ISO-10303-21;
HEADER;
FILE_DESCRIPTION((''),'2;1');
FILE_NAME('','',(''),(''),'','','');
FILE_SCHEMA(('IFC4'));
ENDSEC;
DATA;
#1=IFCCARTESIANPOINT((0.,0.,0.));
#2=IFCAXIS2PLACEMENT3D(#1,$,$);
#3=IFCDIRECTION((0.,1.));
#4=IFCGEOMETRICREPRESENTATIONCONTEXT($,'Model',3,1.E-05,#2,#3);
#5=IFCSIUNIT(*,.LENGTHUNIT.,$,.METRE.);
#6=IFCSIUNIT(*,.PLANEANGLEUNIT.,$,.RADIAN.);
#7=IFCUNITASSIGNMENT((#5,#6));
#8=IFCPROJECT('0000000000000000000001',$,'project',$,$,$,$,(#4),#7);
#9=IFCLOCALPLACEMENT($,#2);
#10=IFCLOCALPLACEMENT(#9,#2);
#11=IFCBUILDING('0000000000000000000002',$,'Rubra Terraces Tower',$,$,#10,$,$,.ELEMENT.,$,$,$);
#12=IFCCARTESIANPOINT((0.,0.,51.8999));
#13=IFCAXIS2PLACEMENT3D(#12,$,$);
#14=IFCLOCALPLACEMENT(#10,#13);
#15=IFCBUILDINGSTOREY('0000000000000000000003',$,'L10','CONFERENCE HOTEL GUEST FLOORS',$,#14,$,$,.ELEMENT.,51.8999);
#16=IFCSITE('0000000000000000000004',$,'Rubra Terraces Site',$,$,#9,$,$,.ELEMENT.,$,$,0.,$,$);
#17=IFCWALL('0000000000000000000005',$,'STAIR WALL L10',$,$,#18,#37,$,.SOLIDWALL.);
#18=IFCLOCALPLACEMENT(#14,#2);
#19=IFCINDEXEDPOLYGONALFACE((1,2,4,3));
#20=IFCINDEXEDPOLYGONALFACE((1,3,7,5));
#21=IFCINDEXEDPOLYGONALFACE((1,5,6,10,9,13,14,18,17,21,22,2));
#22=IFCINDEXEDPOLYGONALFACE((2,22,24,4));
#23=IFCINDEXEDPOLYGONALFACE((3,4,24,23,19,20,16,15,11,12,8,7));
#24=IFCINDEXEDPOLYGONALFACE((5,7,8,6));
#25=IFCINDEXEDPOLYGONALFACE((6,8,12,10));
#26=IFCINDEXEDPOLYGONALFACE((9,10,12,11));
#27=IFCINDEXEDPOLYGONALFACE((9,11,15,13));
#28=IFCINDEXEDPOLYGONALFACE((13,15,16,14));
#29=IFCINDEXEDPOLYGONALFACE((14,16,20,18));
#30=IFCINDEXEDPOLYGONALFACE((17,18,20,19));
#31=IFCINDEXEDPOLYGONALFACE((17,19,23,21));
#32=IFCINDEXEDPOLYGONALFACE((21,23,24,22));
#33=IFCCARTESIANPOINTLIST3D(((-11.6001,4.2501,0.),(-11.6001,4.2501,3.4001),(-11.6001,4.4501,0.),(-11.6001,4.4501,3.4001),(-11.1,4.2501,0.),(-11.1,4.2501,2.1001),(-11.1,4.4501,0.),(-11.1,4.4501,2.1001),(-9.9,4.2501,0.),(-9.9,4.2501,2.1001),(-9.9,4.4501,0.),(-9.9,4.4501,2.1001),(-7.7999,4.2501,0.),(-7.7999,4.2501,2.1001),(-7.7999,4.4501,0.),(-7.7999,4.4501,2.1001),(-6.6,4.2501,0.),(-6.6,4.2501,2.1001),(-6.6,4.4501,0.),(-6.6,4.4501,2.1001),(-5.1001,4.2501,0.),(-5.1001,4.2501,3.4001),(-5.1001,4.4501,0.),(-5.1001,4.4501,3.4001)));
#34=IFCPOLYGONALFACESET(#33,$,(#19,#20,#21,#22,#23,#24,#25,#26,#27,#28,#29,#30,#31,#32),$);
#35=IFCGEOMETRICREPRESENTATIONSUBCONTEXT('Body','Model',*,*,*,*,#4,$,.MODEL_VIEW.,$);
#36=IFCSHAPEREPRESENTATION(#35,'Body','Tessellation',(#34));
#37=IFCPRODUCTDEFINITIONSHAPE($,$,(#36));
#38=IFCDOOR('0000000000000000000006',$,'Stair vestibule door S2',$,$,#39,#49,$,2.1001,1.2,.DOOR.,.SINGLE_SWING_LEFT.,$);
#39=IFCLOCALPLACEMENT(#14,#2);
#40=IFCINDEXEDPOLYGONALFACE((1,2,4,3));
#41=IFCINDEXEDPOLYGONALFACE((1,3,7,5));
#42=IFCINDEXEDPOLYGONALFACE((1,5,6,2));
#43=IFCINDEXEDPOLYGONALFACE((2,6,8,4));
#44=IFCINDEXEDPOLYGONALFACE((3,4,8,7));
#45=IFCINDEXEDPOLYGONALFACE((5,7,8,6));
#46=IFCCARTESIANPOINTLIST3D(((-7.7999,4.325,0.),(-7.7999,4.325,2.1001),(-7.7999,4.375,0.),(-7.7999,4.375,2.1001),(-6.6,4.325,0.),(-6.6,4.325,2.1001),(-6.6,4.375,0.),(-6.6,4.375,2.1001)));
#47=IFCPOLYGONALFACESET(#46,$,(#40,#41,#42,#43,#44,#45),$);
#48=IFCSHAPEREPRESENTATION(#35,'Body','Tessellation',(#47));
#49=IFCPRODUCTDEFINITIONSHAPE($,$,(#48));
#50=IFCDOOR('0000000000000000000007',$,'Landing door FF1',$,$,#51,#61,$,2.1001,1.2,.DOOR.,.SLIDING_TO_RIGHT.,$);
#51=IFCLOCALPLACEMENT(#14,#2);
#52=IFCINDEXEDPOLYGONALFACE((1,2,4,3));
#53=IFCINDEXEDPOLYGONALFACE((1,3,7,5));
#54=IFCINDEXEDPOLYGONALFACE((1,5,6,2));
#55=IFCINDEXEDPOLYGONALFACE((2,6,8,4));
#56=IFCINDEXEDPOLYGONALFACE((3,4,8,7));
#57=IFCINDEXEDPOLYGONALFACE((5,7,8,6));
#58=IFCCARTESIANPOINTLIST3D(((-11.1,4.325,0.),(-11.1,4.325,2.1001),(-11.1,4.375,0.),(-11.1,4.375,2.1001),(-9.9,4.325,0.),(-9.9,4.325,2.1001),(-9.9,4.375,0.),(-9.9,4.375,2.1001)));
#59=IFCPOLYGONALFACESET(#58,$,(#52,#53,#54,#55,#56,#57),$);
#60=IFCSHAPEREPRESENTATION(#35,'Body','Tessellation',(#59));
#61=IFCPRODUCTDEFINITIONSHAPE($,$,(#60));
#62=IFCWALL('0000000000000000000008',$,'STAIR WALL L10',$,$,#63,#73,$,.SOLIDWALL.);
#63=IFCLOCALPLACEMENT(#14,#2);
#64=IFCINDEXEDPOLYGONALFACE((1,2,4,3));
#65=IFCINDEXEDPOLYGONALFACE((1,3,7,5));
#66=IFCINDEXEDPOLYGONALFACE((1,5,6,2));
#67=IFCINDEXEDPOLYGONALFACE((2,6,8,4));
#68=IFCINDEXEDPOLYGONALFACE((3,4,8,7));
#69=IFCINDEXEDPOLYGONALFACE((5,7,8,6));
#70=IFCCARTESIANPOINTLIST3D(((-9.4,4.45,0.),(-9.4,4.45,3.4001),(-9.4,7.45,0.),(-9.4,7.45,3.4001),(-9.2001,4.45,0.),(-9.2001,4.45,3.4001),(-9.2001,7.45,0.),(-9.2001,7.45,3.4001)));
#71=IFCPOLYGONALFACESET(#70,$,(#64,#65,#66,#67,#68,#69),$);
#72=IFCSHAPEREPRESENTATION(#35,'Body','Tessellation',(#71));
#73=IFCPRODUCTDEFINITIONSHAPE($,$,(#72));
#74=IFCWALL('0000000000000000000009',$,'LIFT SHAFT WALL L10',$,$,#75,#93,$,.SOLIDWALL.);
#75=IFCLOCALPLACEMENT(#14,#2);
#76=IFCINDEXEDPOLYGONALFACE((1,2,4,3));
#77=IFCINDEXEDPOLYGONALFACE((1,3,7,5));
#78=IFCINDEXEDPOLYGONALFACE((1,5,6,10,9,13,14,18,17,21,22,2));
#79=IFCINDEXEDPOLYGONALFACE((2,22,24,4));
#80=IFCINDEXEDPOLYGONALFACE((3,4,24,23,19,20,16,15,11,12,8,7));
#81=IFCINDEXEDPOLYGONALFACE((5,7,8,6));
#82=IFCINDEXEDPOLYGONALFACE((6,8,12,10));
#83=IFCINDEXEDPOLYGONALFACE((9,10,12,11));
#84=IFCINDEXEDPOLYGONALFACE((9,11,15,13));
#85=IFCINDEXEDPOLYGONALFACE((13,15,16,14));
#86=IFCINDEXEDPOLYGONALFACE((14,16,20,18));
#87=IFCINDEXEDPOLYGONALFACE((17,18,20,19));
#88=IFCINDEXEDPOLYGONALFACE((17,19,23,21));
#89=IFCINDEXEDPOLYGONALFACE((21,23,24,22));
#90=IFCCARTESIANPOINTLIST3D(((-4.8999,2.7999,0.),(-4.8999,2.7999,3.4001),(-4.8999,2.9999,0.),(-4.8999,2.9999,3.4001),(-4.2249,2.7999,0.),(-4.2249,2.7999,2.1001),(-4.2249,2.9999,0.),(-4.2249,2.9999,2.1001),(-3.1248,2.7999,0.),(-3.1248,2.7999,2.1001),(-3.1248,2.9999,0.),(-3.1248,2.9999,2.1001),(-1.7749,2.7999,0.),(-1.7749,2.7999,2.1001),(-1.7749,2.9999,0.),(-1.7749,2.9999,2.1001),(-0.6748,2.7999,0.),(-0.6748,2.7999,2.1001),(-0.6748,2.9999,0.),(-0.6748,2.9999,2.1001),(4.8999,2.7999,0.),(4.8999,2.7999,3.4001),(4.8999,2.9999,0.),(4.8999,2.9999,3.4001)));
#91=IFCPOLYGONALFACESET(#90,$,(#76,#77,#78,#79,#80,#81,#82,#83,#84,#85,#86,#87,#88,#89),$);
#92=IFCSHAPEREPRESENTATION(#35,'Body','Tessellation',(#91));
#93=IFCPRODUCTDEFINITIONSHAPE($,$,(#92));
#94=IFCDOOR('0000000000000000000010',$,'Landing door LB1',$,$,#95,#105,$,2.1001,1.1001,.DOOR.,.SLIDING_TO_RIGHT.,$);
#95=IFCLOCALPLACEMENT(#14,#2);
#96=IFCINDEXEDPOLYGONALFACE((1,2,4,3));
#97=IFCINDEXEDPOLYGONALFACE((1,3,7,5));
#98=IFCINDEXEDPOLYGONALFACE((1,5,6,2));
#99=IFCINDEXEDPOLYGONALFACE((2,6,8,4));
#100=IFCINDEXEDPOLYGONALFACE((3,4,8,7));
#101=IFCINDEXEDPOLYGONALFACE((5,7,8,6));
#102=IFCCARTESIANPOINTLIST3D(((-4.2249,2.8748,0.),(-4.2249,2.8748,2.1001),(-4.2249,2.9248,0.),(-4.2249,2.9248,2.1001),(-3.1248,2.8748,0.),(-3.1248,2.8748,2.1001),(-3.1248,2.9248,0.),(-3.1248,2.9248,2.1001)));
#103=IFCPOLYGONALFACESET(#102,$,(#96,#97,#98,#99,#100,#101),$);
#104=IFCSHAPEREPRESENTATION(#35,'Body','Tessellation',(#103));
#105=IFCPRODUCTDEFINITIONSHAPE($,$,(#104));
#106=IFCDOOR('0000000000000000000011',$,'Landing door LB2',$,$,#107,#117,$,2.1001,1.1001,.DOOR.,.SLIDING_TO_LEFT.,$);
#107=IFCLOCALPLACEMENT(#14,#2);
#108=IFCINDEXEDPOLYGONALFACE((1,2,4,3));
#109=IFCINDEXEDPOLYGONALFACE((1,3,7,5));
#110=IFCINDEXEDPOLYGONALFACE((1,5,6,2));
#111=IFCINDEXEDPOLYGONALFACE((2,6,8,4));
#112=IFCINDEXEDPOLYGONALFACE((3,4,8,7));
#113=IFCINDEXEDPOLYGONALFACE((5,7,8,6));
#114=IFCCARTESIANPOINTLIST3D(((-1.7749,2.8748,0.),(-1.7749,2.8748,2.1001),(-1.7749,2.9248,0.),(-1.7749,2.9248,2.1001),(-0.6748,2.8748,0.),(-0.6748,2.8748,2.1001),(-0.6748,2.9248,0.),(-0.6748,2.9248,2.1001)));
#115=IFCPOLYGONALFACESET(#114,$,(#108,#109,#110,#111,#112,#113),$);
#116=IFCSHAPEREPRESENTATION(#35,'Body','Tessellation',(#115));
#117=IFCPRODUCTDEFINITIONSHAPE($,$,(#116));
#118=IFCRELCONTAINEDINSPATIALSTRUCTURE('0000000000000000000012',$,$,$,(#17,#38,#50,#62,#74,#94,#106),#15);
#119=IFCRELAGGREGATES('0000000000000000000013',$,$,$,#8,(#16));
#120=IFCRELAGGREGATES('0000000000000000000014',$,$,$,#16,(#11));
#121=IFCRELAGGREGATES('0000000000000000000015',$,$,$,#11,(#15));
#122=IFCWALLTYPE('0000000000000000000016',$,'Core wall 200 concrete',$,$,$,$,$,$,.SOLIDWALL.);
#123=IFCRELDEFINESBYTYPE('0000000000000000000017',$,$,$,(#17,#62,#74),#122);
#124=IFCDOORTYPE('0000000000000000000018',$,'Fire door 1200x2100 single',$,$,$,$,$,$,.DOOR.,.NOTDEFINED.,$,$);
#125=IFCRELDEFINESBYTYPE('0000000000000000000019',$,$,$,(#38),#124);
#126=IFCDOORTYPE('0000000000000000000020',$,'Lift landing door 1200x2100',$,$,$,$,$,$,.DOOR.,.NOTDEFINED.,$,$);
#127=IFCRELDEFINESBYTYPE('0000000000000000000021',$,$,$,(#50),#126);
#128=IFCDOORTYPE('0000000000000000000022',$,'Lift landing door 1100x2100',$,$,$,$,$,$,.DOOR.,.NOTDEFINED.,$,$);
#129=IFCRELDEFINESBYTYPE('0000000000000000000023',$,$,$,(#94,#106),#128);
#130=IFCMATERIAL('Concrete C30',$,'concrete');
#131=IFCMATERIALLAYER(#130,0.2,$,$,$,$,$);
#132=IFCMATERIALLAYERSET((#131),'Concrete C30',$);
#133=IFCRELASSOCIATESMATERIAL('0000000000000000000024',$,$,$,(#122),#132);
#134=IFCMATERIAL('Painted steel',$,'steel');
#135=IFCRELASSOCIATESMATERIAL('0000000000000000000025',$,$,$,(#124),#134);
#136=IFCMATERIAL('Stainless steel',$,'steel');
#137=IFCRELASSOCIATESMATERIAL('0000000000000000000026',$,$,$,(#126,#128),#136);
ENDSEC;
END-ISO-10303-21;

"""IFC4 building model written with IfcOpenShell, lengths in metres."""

from ifc_helpers import new_model, si_unit, direction, frame, frame_2d, origin, place, context, subcontext, project, spatial, rectangle, extrude, material, layer, layer_set, type_object, element, fill, save


model = new_model("IFC4")

# Units and contexts
model_context = context("Model", 3, precision=1e-05, world=origin(), true_north=direction((0.0, 1.0)))
body_context = subcontext(model_context, "Body", "Model", "MODEL_VIEW")
ifc_project = project(units=[si_unit("LENGTHUNIT", "METRE"), si_unit("PLANEANGLEUNIT", "RADIAN")], contexts=[model_context])

# Site, building, storey
site_placement = place(None, origin())
site = spatial("IfcSite", under=ifc_project, at=site_placement, Name="Rubra Terraces Site", CompositionType="ELEMENT", RefElevation=0.0)
building_placement = place(site_placement, origin())
building = spatial("IfcBuilding", under=site, at=building_placement, Name="Rubra Terraces Tower", CompositionType="ELEMENT")
storey_placement = place(building_placement, frame((0.0, 0.0, 51.8999)))
storey = spatial("IfcBuildingStorey", under=building, at=storey_placement, Name="L10", Description="CONFERENCE HOTEL GUEST FLOORS", CompositionType="ELEMENT", Elevation=51.8999)

# Wall, openings, doors
ifc_material_1 = material(Name="Concrete C30", Category="concrete")
ifc_layer_1 = layer(ifc_material_1, 0.2)
ifc_layer_set_1 = layer_set([ifc_layer_1], Name="Concrete C30")
wall_type_1 = type_object("IfcWallType", Name="Core wall 200 concrete", PredefinedType="SOLIDWALL", material=ifc_layer_set_1)
wall_1_placement = place(storey_placement, frame((-11.6001, 4.3501, 0.0), z_axis=(0.0, 0.0, 1.0), x_axis=(1.0, 0.0, 0.0)))
wall_1 = element("IfcWall", 1, at=wall_1_placement, inside=storey, type_object=wall_type_1, Name="STAIR WALL L10", PredefinedType="SOLIDWALL", context=body_context, shape_type="SweptSolid", body=[
    extrude(rectangle(XDim=6.5, YDim=0.2, at=frame_2d((3.25, 0.0))), origin(), (0.0, 0.0, 1.0), 3.4001),
])
opening_1_placement = place(wall_1_placement, frame((3.8, 0.0, 0.0)))
opening_1 = element("IfcOpeningElement", 2, at=opening_1_placement, cuts=wall_1, PredefinedType="OPENING", context=body_context, shape_type="SweptSolid", body=[
    extrude(rectangle(XDim=1.2, YDim=2.1001, at=frame_2d((0.6001, 1.05))), frame((0.0, 0.1099, 0.0), z_axis=(0.0, -1.0, 0.0), x_axis=(1.0, 0.0, 0.0)), (0.0, 0.0, 1.0), 0.22),
])
opening_2_placement = place(wall_1_placement, frame((0.5, 0.0, 0.0)))
opening_2 = element("IfcOpeningElement", 3, at=opening_2_placement, cuts=wall_1, PredefinedType="OPENING", context=body_context, shape_type="SweptSolid", body=[
    extrude(rectangle(XDim=1.2, YDim=2.1001, at=frame_2d((0.6001, 1.05))), frame((0.0, 0.1099, 0.0), z_axis=(0.0, -1.0, 0.0), x_axis=(1.0, 0.0, 0.0)), (0.0, 0.0, 1.0), 0.22),
])
ifc_material_2 = material(Name="Painted steel", Category="steel")
door_type_1 = type_object("IfcDoorType", Name="Fire door 1200x2100 single", OperationType="NOTDEFINED", PredefinedType="DOOR", material=ifc_material_2)
door_1_placement = place(opening_1_placement, origin())
door_1 = element("IfcDoor", 4, at=door_1_placement, inside=storey, type_object=door_type_1, Name="Stair vestibule door S2", OperationType="SINGLE_SWING_LEFT", OverallHeight=2.1001, OverallWidth=1.2, PredefinedType="DOOR", context=body_context, shape_type="SweptSolid", body=[
    extrude(rectangle(XDim=1.2, YDim=2.1001, at=frame_2d((0.6001, 1.05))), frame((0.0, 0.0249, 0.0), z_axis=(0.0, -1.0, 0.0), x_axis=(1.0, 0.0, 0.0)), (0.0, 0.0, 1.0), 0.05),
])
fill(opening_1, door_1)
ifc_material_3 = material(Name="Stainless steel", Category="steel")
door_type_2 = type_object("IfcDoorType", Name="Lift landing door 1200x2100", OperationType="NOTDEFINED", PredefinedType="DOOR", material=ifc_material_3)
door_2_placement = place(opening_2_placement, origin())
door_2 = element("IfcDoor", 5, at=door_2_placement, inside=storey, type_object=door_type_2, Name="Landing door FF1", OperationType="SLIDING_TO_RIGHT", OverallHeight=2.1001, OverallWidth=1.2, PredefinedType="DOOR", context=body_context, shape_type="SweptSolid", body=[
    extrude(rectangle(XDim=1.2, YDim=2.1001, at=frame_2d((0.6001, 1.05))), frame((0.0, 0.0249, 0.0), z_axis=(0.0, -1.0, 0.0), x_axis=(1.0, 0.0, 0.0)), (0.0, 0.0, 1.0), 0.05),
])
fill(opening_2, door_2)

# Wall
wall_2_placement = place(storey_placement, frame((-9.3, 4.45, 0.0), z_axis=(0.0, 0.0, 1.0), x_axis=(0.0, 1.0, 0.0)))
element("IfcWall", 6, at=wall_2_placement, inside=storey, type_object=wall_type_1, Name="STAIR WALL L10", PredefinedType="SOLIDWALL", context=body_context, shape_type="SweptSolid", body=[
    extrude(rectangle(XDim=3.0, YDim=0.2, at=frame_2d((1.5, 0.0))), origin(), (0.0, 0.0, 1.0), 3.4001),
])

# Wall, openings, doors
wall_3_placement = place(storey_placement, frame((-4.8999, 2.8999, 0.0), z_axis=(0.0, 0.0, 1.0), x_axis=(1.0, 0.0, 0.0)))
wall_3 = element("IfcWall", 7, at=wall_3_placement, inside=storey, type_object=wall_type_1, Name="LIFT SHAFT WALL L10", PredefinedType="SOLIDWALL", context=body_context, shape_type="SweptSolid", body=[
    extrude(rectangle(XDim=9.7998, YDim=0.2, at=frame_2d((4.8999, 0.0))), origin(), (0.0, 0.0, 1.0), 3.4001),
])
opening_3_placement = place(wall_3_placement, frame((0.675, 0.0, 0.0)))
opening_3 = element("IfcOpeningElement", 8, at=opening_3_placement, cuts=wall_3, PredefinedType="OPENING", context=body_context, shape_type="SweptSolid", body=[
    extrude(rectangle(XDim=1.1001, YDim=2.1001, at=frame_2d((0.55, 1.05))), frame((0.0, 0.1099, 0.0), z_axis=(0.0, -1.0, 0.0), x_axis=(1.0, 0.0, 0.0)), (0.0, 0.0, 1.0), 0.22),
])
opening_4_placement = place(wall_3_placement, frame((3.125, 0.0, 0.0)))
opening_4 = element("IfcOpeningElement", 9, at=opening_4_placement, cuts=wall_3, PredefinedType="OPENING", context=body_context, shape_type="SweptSolid", body=[
    extrude(rectangle(XDim=1.1001, YDim=2.1001, at=frame_2d((0.55, 1.05))), frame((0.0, 0.1099, 0.0), z_axis=(0.0, -1.0, 0.0), x_axis=(1.0, 0.0, 0.0)), (0.0, 0.0, 1.0), 0.22),
])
door_type_3 = type_object("IfcDoorType", Name="Lift landing door 1100x2100", OperationType="NOTDEFINED", PredefinedType="DOOR", material=ifc_material_3)
door_3_placement = place(opening_3_placement, origin())
door_3 = element("IfcDoor", 10, at=door_3_placement, inside=storey, type_object=door_type_3, Name="Landing door LB1", OperationType="SLIDING_TO_RIGHT", OverallHeight=2.1001, OverallWidth=1.1001, PredefinedType="DOOR", context=body_context, shape_type="SweptSolid", body=[
    extrude(rectangle(XDim=1.1001, YDim=2.1001, at=frame_2d((0.55, 1.05))), frame((0.0, 0.0249, 0.0), z_axis=(0.0, -1.0, 0.0), x_axis=(1.0, 0.0, 0.0)), (0.0, 0.0, 1.0), 0.05),
])
fill(opening_3, door_3)
door_4_placement = place(opening_4_placement, origin())
door_4 = element("IfcDoor", 11, at=door_4_placement, inside=storey, type_object=door_type_3, Name="Landing door LB2", OperationType="SLIDING_TO_LEFT", OverallHeight=2.1001, OverallWidth=1.1001, PredefinedType="DOOR", context=body_context, shape_type="SweptSolid", body=[
    extrude(rectangle(XDim=1.1001, YDim=2.1001, at=frame_2d((0.55, 1.05))), frame((0.0, 0.0249, 0.0), z_axis=(0.0, -1.0, 0.0), x_axis=(1.0, 0.0, 0.0)), (0.0, 0.0, 1.0), 0.05),
])
fill(opening_4, door_4)

save(model, "model.ifc")
